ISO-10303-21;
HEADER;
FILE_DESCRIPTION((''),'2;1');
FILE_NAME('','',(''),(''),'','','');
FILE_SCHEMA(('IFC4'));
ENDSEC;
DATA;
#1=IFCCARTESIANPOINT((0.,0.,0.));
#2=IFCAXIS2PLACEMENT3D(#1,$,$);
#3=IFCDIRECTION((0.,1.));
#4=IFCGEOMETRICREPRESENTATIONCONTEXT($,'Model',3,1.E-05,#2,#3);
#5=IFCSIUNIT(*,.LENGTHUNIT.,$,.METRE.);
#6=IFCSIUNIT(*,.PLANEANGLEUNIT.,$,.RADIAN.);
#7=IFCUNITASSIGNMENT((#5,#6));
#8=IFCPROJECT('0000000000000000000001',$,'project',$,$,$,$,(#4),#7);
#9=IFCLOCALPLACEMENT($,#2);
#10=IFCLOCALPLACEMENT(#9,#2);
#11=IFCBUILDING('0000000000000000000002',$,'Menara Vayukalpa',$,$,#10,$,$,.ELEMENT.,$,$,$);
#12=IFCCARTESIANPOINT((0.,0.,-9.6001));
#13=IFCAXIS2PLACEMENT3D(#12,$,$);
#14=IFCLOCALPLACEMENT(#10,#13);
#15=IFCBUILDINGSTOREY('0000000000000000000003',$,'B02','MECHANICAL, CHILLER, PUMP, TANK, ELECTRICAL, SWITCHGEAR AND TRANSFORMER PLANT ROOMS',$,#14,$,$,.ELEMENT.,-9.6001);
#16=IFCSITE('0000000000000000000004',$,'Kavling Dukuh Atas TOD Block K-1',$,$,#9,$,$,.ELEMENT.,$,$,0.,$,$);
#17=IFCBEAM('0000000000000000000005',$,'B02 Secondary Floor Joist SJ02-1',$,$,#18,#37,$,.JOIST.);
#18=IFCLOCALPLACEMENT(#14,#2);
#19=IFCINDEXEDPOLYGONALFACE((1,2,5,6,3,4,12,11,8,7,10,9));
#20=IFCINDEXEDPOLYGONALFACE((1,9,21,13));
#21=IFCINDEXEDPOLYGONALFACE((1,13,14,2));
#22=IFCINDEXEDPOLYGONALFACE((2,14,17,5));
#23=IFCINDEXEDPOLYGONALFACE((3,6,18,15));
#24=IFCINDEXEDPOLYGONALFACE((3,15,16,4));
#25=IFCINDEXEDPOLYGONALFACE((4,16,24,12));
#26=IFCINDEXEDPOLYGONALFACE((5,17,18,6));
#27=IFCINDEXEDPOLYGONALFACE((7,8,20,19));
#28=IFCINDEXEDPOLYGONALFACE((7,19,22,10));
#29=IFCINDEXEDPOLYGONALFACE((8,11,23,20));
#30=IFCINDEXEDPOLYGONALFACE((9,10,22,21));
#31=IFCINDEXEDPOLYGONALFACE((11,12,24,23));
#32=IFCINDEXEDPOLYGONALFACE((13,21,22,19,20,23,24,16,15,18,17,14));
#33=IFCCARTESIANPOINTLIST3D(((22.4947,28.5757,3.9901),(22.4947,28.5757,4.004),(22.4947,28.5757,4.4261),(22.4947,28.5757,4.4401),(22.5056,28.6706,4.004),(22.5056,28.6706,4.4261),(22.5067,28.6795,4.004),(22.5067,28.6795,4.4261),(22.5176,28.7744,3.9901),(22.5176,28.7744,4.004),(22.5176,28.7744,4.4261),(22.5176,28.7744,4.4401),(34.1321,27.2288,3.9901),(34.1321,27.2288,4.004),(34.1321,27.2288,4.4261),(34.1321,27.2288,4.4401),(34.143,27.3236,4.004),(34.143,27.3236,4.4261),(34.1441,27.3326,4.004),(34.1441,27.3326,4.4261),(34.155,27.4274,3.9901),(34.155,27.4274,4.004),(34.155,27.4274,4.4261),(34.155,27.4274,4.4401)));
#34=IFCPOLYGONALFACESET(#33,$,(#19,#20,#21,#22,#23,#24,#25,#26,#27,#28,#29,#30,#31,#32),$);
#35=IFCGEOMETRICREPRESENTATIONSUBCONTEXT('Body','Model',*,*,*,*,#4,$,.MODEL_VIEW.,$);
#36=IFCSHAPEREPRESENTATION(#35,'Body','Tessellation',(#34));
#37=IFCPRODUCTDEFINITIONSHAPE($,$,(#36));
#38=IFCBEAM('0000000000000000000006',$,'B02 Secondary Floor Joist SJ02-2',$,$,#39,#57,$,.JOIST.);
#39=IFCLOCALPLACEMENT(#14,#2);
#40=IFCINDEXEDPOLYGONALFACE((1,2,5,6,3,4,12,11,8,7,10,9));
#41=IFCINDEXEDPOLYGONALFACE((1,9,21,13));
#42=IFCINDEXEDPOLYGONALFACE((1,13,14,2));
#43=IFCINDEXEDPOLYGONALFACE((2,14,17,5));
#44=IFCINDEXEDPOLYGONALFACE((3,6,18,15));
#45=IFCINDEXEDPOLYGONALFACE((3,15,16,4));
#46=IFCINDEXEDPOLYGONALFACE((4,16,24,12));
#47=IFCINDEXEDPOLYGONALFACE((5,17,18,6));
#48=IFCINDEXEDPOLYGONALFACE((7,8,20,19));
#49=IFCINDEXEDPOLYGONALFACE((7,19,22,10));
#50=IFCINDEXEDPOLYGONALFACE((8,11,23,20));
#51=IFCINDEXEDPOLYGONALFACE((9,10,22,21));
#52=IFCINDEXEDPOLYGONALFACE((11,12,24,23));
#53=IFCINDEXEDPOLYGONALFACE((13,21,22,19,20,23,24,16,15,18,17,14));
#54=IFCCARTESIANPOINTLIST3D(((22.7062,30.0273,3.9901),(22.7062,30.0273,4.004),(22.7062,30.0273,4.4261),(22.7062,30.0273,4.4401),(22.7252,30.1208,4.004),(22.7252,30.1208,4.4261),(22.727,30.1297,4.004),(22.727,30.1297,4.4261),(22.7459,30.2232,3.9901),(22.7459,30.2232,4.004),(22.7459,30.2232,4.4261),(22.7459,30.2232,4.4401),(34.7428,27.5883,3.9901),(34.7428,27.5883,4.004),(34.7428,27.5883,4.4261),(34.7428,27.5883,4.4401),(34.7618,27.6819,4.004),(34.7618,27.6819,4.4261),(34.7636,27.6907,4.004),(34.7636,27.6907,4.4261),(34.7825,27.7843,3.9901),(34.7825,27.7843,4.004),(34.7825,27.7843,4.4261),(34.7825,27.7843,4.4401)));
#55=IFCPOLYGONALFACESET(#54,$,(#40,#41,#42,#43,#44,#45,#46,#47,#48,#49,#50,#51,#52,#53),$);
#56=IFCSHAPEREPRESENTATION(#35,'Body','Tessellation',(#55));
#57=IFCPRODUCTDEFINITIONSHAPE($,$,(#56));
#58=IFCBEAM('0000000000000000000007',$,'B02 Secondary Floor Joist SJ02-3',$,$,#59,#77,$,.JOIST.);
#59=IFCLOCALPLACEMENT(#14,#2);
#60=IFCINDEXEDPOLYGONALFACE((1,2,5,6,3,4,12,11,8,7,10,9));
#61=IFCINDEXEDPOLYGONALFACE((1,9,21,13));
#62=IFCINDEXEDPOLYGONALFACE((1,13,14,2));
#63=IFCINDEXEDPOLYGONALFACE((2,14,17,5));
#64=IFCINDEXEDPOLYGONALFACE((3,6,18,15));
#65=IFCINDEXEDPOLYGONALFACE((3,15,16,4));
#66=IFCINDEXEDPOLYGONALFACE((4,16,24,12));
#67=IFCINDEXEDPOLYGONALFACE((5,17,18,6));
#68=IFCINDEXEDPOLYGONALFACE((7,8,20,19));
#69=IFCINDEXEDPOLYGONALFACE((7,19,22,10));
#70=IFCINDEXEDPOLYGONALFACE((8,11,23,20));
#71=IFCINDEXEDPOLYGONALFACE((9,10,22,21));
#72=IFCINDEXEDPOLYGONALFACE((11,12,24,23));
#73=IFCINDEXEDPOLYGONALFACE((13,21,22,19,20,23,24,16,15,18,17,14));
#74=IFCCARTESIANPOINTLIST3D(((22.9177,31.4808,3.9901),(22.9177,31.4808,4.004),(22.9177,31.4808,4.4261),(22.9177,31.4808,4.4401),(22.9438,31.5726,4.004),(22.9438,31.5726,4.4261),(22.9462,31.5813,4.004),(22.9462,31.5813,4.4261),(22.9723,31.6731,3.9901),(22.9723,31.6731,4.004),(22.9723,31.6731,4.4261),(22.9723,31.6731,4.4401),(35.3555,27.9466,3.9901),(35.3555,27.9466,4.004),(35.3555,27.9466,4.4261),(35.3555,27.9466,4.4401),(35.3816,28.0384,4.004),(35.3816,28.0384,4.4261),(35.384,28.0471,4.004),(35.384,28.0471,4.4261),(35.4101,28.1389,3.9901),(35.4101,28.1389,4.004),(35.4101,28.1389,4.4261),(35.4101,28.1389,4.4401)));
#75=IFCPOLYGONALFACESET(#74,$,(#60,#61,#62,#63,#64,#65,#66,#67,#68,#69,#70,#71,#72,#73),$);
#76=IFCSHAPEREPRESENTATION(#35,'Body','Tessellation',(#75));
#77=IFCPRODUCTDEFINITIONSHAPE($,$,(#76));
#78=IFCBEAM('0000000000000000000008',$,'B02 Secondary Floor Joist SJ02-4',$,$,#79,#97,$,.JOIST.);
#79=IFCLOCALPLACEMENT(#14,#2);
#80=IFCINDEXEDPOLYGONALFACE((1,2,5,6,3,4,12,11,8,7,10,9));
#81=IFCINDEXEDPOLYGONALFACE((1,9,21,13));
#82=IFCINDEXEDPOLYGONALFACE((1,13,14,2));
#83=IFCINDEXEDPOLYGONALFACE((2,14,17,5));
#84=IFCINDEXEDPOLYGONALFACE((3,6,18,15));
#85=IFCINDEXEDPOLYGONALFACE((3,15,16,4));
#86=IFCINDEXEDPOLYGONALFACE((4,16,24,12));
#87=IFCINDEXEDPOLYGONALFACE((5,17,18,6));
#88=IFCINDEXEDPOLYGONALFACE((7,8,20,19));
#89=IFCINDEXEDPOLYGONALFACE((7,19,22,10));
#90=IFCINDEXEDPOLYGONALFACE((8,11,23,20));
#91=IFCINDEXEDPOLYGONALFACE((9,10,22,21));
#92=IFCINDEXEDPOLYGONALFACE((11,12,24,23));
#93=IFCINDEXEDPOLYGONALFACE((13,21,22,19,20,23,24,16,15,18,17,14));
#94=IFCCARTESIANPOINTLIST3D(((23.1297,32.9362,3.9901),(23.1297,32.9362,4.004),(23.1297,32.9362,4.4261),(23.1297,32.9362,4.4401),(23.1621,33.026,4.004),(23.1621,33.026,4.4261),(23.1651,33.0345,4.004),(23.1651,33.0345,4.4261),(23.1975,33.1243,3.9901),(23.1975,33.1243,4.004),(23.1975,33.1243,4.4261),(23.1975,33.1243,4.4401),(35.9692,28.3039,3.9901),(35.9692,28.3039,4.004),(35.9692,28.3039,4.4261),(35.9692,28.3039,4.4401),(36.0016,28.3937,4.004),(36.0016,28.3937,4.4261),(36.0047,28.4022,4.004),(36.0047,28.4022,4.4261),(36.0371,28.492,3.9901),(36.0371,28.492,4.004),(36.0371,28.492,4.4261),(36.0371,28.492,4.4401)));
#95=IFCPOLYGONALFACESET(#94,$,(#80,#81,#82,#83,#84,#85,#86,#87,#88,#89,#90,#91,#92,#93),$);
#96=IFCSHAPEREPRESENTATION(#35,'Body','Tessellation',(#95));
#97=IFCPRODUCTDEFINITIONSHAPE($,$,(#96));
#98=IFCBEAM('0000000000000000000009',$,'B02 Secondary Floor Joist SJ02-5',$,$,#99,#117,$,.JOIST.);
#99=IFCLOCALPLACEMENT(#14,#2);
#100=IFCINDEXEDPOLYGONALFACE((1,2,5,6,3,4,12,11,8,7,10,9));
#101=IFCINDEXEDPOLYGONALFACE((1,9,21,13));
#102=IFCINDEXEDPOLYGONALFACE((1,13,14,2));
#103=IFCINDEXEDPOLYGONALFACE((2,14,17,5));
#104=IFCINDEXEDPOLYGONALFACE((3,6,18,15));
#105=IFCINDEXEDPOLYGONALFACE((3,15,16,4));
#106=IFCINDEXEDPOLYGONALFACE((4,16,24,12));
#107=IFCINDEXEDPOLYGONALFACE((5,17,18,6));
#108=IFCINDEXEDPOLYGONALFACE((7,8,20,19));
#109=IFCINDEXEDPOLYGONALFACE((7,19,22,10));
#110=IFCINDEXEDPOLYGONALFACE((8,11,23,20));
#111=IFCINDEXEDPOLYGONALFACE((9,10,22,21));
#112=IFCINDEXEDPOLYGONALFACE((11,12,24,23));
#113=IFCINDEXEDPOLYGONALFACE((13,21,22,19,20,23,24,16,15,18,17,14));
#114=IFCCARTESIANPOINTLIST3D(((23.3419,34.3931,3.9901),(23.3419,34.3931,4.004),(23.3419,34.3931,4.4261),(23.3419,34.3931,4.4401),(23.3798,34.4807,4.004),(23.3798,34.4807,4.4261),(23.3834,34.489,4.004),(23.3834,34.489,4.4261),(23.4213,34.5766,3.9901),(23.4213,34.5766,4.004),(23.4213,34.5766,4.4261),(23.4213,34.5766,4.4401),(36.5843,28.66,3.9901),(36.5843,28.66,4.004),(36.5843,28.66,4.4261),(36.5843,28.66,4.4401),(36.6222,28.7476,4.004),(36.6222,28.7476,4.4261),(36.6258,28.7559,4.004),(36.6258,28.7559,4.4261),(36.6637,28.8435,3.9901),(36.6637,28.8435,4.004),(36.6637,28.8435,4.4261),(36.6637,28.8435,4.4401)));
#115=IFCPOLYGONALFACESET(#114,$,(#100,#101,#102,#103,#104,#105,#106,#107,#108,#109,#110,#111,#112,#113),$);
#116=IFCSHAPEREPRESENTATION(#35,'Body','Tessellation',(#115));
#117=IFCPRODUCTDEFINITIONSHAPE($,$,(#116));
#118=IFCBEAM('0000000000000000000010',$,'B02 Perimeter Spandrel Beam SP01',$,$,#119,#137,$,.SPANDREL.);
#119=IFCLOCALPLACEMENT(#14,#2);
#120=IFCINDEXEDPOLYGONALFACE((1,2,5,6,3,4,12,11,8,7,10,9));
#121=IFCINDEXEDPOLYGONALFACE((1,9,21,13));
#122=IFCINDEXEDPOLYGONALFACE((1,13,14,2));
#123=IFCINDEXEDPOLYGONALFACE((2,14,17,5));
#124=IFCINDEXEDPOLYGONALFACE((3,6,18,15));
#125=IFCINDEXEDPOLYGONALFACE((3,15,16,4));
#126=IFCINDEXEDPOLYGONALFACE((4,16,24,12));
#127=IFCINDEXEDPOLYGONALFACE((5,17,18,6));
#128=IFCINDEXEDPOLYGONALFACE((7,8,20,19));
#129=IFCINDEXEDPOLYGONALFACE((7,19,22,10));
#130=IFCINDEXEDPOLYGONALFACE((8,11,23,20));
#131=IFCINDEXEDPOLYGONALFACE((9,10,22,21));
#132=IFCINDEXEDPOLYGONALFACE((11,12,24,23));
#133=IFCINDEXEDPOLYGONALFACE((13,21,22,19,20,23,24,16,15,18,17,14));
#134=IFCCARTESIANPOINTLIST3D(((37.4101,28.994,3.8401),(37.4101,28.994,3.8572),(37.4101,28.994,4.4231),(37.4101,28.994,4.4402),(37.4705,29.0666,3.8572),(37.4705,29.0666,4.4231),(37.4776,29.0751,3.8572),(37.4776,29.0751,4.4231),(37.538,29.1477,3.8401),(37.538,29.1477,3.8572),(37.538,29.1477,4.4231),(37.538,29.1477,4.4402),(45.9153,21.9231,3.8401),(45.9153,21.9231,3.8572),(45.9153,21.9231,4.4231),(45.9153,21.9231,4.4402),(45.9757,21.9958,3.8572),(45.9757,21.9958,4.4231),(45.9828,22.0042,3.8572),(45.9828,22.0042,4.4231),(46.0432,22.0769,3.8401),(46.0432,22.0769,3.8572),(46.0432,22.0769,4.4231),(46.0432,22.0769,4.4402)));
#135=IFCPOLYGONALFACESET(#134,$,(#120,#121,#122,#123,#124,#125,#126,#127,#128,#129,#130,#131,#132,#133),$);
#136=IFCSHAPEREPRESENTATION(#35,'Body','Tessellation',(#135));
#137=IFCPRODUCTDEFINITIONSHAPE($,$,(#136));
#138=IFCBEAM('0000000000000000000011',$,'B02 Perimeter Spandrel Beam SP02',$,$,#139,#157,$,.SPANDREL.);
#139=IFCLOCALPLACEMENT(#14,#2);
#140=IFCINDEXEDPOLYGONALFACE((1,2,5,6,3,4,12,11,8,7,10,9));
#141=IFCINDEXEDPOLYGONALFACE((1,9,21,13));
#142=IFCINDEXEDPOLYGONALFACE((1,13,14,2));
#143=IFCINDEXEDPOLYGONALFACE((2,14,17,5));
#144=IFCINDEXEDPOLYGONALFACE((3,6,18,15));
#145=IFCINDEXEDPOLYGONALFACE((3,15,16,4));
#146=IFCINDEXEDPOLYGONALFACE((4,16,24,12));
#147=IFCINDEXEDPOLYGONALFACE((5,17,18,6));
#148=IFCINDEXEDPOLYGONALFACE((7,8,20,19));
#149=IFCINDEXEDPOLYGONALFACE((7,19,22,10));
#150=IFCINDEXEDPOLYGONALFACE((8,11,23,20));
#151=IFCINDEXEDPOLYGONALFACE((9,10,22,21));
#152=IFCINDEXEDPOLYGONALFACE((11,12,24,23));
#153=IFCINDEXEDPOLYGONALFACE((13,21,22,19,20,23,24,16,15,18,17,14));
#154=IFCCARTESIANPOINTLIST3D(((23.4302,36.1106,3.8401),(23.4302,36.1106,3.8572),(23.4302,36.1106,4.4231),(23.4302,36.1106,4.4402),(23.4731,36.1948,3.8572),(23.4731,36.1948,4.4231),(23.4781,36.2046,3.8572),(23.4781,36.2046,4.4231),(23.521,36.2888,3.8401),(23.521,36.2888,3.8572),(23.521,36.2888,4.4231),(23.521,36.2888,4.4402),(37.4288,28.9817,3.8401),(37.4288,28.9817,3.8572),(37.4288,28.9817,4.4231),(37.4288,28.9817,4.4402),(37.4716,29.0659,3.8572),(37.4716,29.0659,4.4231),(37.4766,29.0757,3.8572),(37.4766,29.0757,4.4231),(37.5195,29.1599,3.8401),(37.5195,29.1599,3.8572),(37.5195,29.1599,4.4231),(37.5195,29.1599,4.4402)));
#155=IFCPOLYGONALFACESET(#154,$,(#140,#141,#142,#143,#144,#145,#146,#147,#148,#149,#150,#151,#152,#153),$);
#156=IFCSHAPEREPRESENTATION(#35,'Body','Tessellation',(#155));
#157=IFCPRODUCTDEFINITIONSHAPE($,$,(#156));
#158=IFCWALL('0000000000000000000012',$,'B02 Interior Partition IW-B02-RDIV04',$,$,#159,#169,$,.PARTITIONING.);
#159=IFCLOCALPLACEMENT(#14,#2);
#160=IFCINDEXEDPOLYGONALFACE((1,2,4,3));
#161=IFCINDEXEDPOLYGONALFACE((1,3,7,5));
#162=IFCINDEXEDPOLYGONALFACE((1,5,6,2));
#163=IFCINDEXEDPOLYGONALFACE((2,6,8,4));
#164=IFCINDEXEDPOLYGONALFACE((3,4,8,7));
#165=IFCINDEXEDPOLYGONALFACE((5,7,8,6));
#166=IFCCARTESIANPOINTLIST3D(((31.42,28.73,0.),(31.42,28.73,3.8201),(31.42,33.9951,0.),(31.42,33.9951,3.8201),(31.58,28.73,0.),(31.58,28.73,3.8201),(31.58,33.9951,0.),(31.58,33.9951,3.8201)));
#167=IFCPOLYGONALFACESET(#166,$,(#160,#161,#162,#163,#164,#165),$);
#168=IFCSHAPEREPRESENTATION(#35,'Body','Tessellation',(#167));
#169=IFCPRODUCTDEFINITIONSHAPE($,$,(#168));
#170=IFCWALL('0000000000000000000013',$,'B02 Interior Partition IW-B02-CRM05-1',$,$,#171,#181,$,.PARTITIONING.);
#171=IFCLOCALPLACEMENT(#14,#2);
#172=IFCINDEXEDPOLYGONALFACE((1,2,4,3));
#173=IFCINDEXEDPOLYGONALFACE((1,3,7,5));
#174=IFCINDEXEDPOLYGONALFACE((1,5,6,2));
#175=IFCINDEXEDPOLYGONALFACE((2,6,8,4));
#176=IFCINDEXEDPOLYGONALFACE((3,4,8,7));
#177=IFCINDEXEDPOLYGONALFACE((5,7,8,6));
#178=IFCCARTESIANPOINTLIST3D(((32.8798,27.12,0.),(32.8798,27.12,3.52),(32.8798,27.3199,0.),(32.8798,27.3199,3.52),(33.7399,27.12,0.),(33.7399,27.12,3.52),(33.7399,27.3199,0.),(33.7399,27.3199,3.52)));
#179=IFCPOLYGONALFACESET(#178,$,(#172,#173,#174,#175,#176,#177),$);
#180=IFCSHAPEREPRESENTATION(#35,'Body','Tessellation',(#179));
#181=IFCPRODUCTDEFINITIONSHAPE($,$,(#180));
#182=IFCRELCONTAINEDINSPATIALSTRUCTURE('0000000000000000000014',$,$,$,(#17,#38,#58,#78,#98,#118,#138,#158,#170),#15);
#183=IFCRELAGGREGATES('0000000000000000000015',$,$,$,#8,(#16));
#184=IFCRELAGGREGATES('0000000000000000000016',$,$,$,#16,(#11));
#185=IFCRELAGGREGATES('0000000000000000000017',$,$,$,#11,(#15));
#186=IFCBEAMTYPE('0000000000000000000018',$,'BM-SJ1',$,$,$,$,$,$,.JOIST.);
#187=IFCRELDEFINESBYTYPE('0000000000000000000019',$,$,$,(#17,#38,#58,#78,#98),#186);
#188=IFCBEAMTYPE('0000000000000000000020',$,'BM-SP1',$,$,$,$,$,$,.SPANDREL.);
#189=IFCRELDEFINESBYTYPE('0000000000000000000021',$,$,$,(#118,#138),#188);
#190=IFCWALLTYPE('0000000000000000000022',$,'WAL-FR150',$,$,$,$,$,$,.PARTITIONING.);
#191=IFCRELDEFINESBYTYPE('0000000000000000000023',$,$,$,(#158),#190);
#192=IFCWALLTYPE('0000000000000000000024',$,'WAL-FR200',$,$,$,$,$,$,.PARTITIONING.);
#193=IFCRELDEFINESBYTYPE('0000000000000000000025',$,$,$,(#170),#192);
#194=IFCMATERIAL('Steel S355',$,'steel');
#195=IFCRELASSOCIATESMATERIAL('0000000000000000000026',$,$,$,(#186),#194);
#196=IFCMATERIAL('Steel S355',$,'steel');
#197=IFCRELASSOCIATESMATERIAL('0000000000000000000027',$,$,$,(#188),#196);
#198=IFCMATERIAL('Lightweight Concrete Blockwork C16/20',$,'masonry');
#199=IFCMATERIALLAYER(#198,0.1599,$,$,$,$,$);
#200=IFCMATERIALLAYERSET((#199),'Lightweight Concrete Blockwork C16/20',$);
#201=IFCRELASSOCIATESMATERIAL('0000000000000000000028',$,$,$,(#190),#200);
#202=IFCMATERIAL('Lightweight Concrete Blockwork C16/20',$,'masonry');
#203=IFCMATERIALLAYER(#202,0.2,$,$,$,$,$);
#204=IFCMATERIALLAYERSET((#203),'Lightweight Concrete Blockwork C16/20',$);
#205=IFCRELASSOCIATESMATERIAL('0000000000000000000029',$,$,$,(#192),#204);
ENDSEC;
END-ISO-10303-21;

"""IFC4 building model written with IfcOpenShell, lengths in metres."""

from ifc_helpers import new_model, si_unit, direction, frame, frame_2d, origin, origin_2d, place, context, subcontext, project, spatial, rectangle, i_section, extrude, material, layer, layer_set, material_profile, profile_set, type_object, element, save


model = new_model("IFC4")

# Units and contexts
model_context = context("Model", 3, precision=1e-05, world=origin(), true_north=direction((0.0, 1.0)))
body_context = subcontext(model_context, "Body", "Model", "MODEL_VIEW")
ifc_project = project(units=[si_unit("LENGTHUNIT", "METRE"), si_unit("PLANEANGLEUNIT", "RADIAN")], contexts=[model_context])

# Site, building, storey
site_placement = place(None, origin())
site = spatial("IfcSite", under=ifc_project, at=site_placement, Name="Kavling Dukuh Atas TOD Block K-1", CompositionType="ELEMENT", RefElevation=0.0)
building_placement = place(site_placement, origin())
building = spatial("IfcBuilding", under=site, at=building_placement, Name="Menara Vayukalpa", CompositionType="ELEMENT")
storey_placement = place(building_placement, frame((0.0, 0.0, -9.6001)))
storey = spatial("IfcBuildingStorey", under=building, at=storey_placement, Name="B02", Description="MECHANICAL, CHILLER, PUMP, TANK, ELECTRICAL, SWITCHGEAR AND TRANSFORMER PLANT ROOMS", CompositionType="ELEMENT", Elevation=-9.6001)

# Beams
ifc_material_1 = material(Name="Steel S355", Category="steel")
ifc_material_profile_1 = material_profile(ifc_material_1, i_section(OverallWidth=0.2, OverallDepth=0.45, WebThickness=0.009, FlangeThickness=0.0139, at=origin_2d()), Name="WF 450x200x9x14")
ifc_profile_set_1 = profile_set([ifc_material_profile_1], Name="Steel S355")
beam_type_1 = type_object("IfcBeamType", Name="BM-SJ1", PredefinedType="JOIST", material=ifc_profile_set_1)
beam_1_placement = place(storey_placement, frame((34.1436, 27.3281, 4.2151), z_axis=(-0.993369, 0.114973, 0.0), x_axis=(-0.114973, -0.993369, 0.0)))
element("IfcBeam", 1, at=beam_1_placement, inside=storey, type_object=beam_type_1, Name="B02 Secondary Floor Joist SJ02-1", PredefinedType="JOIST", context=body_context, shape_type="SweptSolid", body=[
    extrude(i_section(OverallWidth=0.2, OverallDepth=0.45, WebThickness=0.009, FlangeThickness=0.0139, at=origin_2d()), origin(), (0.0, 0.0, 1.0), 11.7151),
])
beam_2_placement = place(storey_placement, frame((34.7627, 27.6863, 4.2151), z_axis=(-0.980082, 0.198593, 0.0), x_axis=(-0.198593, -0.980082, 0.0)))
element("IfcBeam", 2, at=beam_2_placement, inside=storey, type_object=beam_type_1, Name="B02 Secondary Floor Joist SJ02-2", PredefinedType="JOIST", context=body_context, shape_type="SweptSolid", body=[
    extrude(i_section(OverallWidth=0.2, OverallDepth=0.45, WebThickness=0.009, FlangeThickness=0.0139, at=origin_2d()), origin(), (0.0, 0.0, 1.0), 12.2812),
])
beam_3_placement = place(storey_placement, frame((35.3828, 28.0427, 4.2151), z_axis=(-0.961921, 0.273329, 0.0), x_axis=(-0.273329, -0.961921, 0.0)))
element("IfcBeam", 3, at=beam_3_placement, inside=storey, type_object=beam_type_1, Name="B02 Secondary Floor Joist SJ02-3", PredefinedType="JOIST", context=body_context, shape_type="SweptSolid", body=[
    extrude(i_section(OverallWidth=0.2, OverallDepth=0.45, WebThickness=0.009, FlangeThickness=0.0139, at=origin_2d()), origin(), (0.0, 0.0, 1.0), 12.9302),
])
beam_4_placement = place(storey_placement, frame((36.0032, 28.3979, 4.2151), z_axis=(-0.940652, 0.339372, 0.0), x_axis=(-0.339372, -0.940652, 0.0)))
element("IfcBeam", 4, at=beam_4_placement, inside=storey, type_object=beam_type_1, Name="B02 Secondary Floor Joist SJ02-4", PredefinedType="JOIST", context=body_context, shape_type="SweptSolid", body=[
    extrude(i_section(OverallWidth=0.2, OverallDepth=0.45, WebThickness=0.009, FlangeThickness=0.0139, at=origin_2d()), origin(), (0.0, 0.0, 1.0), 13.6497),
])
beam_5_placement = place(storey_placement, frame((36.624, 28.7517, 4.2151), z_axis=(-0.917688, 0.397302, 0.0), x_axis=(-0.397302, -0.917688, 0.0)))
element("IfcBeam", 5, at=beam_5_placement, inside=storey, type_object=beam_type_1, Name="B02 Secondary Floor Joist SJ02-5", PredefinedType="JOIST", context=body_context, shape_type="SweptSolid", body=[
    extrude(i_section(OverallWidth=0.2, OverallDepth=0.45, WebThickness=0.009, FlangeThickness=0.0139, at=origin_2d()), origin(), (0.0, 0.0, 1.0), 14.4302),
])
ifc_material_2 = material(Name="Steel S355", Category="steel")
ifc_material_profile_2 = material_profile(ifc_material_2, i_section(OverallWidth=0.2, OverallDepth=0.6001, WebThickness=0.011, FlangeThickness=0.0171, at=origin_2d()), Name="WF 600x200x11x17")
ifc_profile_set_2 = profile_set([ifc_material_profile_2], Name="Steel S355")
beam_type_2 = type_object("IfcBeamType", Name="BM-SP1", PredefinedType="SPANDREL", material=ifc_profile_set_2)
beam_6_placement = place(storey_placement, frame((45.9792, 22.0, 4.1401), z_axis=(-0.768968, 0.639287, 0.0), x_axis=(-0.639287, -0.768968, 0.0)))
element("IfcBeam", 6, at=beam_6_placement, inside=storey, type_object=beam_type_2, Name="B02 Perimeter Spandrel Beam SP01", PredefinedType="SPANDREL", context=body_context, shape_type="SweptSolid", body=[
    extrude(i_section(OverallWidth=0.2, OverallDepth=0.6001, WebThickness=0.011, FlangeThickness=0.0171, at=origin_2d()), origin(), (0.0, 0.0, 1.0), 11.0605),
])
beam_7_placement = place(storey_placement, frame((37.4741, 29.0708, 4.1401), z_axis=(-0.891102, 0.453803, 0.0), x_axis=(-0.453803, -0.891102, 0.0)))
element("IfcBeam", 7, at=beam_7_placement, inside=storey, type_object=beam_type_2, Name="B02 Perimeter Spandrel Beam SP02", PredefinedType="SPANDREL", context=body_context, shape_type="SweptSolid", body=[
    extrude(i_section(OverallWidth=0.2, OverallDepth=0.6001, WebThickness=0.011, FlangeThickness=0.0171, at=origin_2d()), origin(), (0.0, 0.0, 1.0), 15.7092),
])

# Walls
ifc_material_3 = material(Name="Lightweight Concrete Blockwork C16/20", Category="masonry")
ifc_layer_1 = layer(ifc_material_3, 0.1599)
ifc_layer_set_1 = layer_set([ifc_layer_1], Name="Lightweight Concrete Blockwork C16/20")
wall_type_1 = type_object("IfcWallType", Name="WAL-FR150", PredefinedType="PARTITIONING", material=ifc_layer_set_1)
wall_1_placement = place(storey_placement, frame((31.5, 28.73, 0.0), z_axis=(0.0, 0.0, 1.0), x_axis=(0.0, 1.0, 0.0)))
element("IfcWall", 8, at=wall_1_placement, inside=storey, type_object=wall_type_1, Name="B02 Interior Partition IW-B02-RDIV04", PredefinedType="PARTITIONING", context=body_context, shape_type="SweptSolid", body=[
    extrude(rectangle(XDim=5.2651, YDim=0.1599, at=frame_2d((2.6326, 0.0))), origin(), (0.0, 0.0, 1.0), 3.8201),
])
ifc_material_4 = material(Name="Lightweight Concrete Blockwork C16/20", Category="masonry")
ifc_layer_2 = layer(ifc_material_4, 0.2)
ifc_layer_set_2 = layer_set([ifc_layer_2], Name="Lightweight Concrete Blockwork C16/20")
wall_type_2 = type_object("IfcWallType", Name="WAL-FR200", PredefinedType="PARTITIONING", material=ifc_layer_set_2)
wall_2_placement = place(storey_placement, frame((33.74, 27.22, 0.0), z_axis=(0.0, 0.0, 1.0), x_axis=(-1.0, 0.0, 0.0)))
element("IfcWall", 9, at=wall_2_placement, inside=storey, type_object=wall_type_2, Name="B02 Interior Partition IW-B02-CRM05-1", PredefinedType="PARTITIONING", context=body_context, shape_type="SweptSolid", body=[
    extrude(rectangle(XDim=0.8601, YDim=0.2, at=frame_2d((0.4302, 0.0))), origin(), (0.0, 0.0, 1.0), 3.52),
])

save(model, "model.ifc")
